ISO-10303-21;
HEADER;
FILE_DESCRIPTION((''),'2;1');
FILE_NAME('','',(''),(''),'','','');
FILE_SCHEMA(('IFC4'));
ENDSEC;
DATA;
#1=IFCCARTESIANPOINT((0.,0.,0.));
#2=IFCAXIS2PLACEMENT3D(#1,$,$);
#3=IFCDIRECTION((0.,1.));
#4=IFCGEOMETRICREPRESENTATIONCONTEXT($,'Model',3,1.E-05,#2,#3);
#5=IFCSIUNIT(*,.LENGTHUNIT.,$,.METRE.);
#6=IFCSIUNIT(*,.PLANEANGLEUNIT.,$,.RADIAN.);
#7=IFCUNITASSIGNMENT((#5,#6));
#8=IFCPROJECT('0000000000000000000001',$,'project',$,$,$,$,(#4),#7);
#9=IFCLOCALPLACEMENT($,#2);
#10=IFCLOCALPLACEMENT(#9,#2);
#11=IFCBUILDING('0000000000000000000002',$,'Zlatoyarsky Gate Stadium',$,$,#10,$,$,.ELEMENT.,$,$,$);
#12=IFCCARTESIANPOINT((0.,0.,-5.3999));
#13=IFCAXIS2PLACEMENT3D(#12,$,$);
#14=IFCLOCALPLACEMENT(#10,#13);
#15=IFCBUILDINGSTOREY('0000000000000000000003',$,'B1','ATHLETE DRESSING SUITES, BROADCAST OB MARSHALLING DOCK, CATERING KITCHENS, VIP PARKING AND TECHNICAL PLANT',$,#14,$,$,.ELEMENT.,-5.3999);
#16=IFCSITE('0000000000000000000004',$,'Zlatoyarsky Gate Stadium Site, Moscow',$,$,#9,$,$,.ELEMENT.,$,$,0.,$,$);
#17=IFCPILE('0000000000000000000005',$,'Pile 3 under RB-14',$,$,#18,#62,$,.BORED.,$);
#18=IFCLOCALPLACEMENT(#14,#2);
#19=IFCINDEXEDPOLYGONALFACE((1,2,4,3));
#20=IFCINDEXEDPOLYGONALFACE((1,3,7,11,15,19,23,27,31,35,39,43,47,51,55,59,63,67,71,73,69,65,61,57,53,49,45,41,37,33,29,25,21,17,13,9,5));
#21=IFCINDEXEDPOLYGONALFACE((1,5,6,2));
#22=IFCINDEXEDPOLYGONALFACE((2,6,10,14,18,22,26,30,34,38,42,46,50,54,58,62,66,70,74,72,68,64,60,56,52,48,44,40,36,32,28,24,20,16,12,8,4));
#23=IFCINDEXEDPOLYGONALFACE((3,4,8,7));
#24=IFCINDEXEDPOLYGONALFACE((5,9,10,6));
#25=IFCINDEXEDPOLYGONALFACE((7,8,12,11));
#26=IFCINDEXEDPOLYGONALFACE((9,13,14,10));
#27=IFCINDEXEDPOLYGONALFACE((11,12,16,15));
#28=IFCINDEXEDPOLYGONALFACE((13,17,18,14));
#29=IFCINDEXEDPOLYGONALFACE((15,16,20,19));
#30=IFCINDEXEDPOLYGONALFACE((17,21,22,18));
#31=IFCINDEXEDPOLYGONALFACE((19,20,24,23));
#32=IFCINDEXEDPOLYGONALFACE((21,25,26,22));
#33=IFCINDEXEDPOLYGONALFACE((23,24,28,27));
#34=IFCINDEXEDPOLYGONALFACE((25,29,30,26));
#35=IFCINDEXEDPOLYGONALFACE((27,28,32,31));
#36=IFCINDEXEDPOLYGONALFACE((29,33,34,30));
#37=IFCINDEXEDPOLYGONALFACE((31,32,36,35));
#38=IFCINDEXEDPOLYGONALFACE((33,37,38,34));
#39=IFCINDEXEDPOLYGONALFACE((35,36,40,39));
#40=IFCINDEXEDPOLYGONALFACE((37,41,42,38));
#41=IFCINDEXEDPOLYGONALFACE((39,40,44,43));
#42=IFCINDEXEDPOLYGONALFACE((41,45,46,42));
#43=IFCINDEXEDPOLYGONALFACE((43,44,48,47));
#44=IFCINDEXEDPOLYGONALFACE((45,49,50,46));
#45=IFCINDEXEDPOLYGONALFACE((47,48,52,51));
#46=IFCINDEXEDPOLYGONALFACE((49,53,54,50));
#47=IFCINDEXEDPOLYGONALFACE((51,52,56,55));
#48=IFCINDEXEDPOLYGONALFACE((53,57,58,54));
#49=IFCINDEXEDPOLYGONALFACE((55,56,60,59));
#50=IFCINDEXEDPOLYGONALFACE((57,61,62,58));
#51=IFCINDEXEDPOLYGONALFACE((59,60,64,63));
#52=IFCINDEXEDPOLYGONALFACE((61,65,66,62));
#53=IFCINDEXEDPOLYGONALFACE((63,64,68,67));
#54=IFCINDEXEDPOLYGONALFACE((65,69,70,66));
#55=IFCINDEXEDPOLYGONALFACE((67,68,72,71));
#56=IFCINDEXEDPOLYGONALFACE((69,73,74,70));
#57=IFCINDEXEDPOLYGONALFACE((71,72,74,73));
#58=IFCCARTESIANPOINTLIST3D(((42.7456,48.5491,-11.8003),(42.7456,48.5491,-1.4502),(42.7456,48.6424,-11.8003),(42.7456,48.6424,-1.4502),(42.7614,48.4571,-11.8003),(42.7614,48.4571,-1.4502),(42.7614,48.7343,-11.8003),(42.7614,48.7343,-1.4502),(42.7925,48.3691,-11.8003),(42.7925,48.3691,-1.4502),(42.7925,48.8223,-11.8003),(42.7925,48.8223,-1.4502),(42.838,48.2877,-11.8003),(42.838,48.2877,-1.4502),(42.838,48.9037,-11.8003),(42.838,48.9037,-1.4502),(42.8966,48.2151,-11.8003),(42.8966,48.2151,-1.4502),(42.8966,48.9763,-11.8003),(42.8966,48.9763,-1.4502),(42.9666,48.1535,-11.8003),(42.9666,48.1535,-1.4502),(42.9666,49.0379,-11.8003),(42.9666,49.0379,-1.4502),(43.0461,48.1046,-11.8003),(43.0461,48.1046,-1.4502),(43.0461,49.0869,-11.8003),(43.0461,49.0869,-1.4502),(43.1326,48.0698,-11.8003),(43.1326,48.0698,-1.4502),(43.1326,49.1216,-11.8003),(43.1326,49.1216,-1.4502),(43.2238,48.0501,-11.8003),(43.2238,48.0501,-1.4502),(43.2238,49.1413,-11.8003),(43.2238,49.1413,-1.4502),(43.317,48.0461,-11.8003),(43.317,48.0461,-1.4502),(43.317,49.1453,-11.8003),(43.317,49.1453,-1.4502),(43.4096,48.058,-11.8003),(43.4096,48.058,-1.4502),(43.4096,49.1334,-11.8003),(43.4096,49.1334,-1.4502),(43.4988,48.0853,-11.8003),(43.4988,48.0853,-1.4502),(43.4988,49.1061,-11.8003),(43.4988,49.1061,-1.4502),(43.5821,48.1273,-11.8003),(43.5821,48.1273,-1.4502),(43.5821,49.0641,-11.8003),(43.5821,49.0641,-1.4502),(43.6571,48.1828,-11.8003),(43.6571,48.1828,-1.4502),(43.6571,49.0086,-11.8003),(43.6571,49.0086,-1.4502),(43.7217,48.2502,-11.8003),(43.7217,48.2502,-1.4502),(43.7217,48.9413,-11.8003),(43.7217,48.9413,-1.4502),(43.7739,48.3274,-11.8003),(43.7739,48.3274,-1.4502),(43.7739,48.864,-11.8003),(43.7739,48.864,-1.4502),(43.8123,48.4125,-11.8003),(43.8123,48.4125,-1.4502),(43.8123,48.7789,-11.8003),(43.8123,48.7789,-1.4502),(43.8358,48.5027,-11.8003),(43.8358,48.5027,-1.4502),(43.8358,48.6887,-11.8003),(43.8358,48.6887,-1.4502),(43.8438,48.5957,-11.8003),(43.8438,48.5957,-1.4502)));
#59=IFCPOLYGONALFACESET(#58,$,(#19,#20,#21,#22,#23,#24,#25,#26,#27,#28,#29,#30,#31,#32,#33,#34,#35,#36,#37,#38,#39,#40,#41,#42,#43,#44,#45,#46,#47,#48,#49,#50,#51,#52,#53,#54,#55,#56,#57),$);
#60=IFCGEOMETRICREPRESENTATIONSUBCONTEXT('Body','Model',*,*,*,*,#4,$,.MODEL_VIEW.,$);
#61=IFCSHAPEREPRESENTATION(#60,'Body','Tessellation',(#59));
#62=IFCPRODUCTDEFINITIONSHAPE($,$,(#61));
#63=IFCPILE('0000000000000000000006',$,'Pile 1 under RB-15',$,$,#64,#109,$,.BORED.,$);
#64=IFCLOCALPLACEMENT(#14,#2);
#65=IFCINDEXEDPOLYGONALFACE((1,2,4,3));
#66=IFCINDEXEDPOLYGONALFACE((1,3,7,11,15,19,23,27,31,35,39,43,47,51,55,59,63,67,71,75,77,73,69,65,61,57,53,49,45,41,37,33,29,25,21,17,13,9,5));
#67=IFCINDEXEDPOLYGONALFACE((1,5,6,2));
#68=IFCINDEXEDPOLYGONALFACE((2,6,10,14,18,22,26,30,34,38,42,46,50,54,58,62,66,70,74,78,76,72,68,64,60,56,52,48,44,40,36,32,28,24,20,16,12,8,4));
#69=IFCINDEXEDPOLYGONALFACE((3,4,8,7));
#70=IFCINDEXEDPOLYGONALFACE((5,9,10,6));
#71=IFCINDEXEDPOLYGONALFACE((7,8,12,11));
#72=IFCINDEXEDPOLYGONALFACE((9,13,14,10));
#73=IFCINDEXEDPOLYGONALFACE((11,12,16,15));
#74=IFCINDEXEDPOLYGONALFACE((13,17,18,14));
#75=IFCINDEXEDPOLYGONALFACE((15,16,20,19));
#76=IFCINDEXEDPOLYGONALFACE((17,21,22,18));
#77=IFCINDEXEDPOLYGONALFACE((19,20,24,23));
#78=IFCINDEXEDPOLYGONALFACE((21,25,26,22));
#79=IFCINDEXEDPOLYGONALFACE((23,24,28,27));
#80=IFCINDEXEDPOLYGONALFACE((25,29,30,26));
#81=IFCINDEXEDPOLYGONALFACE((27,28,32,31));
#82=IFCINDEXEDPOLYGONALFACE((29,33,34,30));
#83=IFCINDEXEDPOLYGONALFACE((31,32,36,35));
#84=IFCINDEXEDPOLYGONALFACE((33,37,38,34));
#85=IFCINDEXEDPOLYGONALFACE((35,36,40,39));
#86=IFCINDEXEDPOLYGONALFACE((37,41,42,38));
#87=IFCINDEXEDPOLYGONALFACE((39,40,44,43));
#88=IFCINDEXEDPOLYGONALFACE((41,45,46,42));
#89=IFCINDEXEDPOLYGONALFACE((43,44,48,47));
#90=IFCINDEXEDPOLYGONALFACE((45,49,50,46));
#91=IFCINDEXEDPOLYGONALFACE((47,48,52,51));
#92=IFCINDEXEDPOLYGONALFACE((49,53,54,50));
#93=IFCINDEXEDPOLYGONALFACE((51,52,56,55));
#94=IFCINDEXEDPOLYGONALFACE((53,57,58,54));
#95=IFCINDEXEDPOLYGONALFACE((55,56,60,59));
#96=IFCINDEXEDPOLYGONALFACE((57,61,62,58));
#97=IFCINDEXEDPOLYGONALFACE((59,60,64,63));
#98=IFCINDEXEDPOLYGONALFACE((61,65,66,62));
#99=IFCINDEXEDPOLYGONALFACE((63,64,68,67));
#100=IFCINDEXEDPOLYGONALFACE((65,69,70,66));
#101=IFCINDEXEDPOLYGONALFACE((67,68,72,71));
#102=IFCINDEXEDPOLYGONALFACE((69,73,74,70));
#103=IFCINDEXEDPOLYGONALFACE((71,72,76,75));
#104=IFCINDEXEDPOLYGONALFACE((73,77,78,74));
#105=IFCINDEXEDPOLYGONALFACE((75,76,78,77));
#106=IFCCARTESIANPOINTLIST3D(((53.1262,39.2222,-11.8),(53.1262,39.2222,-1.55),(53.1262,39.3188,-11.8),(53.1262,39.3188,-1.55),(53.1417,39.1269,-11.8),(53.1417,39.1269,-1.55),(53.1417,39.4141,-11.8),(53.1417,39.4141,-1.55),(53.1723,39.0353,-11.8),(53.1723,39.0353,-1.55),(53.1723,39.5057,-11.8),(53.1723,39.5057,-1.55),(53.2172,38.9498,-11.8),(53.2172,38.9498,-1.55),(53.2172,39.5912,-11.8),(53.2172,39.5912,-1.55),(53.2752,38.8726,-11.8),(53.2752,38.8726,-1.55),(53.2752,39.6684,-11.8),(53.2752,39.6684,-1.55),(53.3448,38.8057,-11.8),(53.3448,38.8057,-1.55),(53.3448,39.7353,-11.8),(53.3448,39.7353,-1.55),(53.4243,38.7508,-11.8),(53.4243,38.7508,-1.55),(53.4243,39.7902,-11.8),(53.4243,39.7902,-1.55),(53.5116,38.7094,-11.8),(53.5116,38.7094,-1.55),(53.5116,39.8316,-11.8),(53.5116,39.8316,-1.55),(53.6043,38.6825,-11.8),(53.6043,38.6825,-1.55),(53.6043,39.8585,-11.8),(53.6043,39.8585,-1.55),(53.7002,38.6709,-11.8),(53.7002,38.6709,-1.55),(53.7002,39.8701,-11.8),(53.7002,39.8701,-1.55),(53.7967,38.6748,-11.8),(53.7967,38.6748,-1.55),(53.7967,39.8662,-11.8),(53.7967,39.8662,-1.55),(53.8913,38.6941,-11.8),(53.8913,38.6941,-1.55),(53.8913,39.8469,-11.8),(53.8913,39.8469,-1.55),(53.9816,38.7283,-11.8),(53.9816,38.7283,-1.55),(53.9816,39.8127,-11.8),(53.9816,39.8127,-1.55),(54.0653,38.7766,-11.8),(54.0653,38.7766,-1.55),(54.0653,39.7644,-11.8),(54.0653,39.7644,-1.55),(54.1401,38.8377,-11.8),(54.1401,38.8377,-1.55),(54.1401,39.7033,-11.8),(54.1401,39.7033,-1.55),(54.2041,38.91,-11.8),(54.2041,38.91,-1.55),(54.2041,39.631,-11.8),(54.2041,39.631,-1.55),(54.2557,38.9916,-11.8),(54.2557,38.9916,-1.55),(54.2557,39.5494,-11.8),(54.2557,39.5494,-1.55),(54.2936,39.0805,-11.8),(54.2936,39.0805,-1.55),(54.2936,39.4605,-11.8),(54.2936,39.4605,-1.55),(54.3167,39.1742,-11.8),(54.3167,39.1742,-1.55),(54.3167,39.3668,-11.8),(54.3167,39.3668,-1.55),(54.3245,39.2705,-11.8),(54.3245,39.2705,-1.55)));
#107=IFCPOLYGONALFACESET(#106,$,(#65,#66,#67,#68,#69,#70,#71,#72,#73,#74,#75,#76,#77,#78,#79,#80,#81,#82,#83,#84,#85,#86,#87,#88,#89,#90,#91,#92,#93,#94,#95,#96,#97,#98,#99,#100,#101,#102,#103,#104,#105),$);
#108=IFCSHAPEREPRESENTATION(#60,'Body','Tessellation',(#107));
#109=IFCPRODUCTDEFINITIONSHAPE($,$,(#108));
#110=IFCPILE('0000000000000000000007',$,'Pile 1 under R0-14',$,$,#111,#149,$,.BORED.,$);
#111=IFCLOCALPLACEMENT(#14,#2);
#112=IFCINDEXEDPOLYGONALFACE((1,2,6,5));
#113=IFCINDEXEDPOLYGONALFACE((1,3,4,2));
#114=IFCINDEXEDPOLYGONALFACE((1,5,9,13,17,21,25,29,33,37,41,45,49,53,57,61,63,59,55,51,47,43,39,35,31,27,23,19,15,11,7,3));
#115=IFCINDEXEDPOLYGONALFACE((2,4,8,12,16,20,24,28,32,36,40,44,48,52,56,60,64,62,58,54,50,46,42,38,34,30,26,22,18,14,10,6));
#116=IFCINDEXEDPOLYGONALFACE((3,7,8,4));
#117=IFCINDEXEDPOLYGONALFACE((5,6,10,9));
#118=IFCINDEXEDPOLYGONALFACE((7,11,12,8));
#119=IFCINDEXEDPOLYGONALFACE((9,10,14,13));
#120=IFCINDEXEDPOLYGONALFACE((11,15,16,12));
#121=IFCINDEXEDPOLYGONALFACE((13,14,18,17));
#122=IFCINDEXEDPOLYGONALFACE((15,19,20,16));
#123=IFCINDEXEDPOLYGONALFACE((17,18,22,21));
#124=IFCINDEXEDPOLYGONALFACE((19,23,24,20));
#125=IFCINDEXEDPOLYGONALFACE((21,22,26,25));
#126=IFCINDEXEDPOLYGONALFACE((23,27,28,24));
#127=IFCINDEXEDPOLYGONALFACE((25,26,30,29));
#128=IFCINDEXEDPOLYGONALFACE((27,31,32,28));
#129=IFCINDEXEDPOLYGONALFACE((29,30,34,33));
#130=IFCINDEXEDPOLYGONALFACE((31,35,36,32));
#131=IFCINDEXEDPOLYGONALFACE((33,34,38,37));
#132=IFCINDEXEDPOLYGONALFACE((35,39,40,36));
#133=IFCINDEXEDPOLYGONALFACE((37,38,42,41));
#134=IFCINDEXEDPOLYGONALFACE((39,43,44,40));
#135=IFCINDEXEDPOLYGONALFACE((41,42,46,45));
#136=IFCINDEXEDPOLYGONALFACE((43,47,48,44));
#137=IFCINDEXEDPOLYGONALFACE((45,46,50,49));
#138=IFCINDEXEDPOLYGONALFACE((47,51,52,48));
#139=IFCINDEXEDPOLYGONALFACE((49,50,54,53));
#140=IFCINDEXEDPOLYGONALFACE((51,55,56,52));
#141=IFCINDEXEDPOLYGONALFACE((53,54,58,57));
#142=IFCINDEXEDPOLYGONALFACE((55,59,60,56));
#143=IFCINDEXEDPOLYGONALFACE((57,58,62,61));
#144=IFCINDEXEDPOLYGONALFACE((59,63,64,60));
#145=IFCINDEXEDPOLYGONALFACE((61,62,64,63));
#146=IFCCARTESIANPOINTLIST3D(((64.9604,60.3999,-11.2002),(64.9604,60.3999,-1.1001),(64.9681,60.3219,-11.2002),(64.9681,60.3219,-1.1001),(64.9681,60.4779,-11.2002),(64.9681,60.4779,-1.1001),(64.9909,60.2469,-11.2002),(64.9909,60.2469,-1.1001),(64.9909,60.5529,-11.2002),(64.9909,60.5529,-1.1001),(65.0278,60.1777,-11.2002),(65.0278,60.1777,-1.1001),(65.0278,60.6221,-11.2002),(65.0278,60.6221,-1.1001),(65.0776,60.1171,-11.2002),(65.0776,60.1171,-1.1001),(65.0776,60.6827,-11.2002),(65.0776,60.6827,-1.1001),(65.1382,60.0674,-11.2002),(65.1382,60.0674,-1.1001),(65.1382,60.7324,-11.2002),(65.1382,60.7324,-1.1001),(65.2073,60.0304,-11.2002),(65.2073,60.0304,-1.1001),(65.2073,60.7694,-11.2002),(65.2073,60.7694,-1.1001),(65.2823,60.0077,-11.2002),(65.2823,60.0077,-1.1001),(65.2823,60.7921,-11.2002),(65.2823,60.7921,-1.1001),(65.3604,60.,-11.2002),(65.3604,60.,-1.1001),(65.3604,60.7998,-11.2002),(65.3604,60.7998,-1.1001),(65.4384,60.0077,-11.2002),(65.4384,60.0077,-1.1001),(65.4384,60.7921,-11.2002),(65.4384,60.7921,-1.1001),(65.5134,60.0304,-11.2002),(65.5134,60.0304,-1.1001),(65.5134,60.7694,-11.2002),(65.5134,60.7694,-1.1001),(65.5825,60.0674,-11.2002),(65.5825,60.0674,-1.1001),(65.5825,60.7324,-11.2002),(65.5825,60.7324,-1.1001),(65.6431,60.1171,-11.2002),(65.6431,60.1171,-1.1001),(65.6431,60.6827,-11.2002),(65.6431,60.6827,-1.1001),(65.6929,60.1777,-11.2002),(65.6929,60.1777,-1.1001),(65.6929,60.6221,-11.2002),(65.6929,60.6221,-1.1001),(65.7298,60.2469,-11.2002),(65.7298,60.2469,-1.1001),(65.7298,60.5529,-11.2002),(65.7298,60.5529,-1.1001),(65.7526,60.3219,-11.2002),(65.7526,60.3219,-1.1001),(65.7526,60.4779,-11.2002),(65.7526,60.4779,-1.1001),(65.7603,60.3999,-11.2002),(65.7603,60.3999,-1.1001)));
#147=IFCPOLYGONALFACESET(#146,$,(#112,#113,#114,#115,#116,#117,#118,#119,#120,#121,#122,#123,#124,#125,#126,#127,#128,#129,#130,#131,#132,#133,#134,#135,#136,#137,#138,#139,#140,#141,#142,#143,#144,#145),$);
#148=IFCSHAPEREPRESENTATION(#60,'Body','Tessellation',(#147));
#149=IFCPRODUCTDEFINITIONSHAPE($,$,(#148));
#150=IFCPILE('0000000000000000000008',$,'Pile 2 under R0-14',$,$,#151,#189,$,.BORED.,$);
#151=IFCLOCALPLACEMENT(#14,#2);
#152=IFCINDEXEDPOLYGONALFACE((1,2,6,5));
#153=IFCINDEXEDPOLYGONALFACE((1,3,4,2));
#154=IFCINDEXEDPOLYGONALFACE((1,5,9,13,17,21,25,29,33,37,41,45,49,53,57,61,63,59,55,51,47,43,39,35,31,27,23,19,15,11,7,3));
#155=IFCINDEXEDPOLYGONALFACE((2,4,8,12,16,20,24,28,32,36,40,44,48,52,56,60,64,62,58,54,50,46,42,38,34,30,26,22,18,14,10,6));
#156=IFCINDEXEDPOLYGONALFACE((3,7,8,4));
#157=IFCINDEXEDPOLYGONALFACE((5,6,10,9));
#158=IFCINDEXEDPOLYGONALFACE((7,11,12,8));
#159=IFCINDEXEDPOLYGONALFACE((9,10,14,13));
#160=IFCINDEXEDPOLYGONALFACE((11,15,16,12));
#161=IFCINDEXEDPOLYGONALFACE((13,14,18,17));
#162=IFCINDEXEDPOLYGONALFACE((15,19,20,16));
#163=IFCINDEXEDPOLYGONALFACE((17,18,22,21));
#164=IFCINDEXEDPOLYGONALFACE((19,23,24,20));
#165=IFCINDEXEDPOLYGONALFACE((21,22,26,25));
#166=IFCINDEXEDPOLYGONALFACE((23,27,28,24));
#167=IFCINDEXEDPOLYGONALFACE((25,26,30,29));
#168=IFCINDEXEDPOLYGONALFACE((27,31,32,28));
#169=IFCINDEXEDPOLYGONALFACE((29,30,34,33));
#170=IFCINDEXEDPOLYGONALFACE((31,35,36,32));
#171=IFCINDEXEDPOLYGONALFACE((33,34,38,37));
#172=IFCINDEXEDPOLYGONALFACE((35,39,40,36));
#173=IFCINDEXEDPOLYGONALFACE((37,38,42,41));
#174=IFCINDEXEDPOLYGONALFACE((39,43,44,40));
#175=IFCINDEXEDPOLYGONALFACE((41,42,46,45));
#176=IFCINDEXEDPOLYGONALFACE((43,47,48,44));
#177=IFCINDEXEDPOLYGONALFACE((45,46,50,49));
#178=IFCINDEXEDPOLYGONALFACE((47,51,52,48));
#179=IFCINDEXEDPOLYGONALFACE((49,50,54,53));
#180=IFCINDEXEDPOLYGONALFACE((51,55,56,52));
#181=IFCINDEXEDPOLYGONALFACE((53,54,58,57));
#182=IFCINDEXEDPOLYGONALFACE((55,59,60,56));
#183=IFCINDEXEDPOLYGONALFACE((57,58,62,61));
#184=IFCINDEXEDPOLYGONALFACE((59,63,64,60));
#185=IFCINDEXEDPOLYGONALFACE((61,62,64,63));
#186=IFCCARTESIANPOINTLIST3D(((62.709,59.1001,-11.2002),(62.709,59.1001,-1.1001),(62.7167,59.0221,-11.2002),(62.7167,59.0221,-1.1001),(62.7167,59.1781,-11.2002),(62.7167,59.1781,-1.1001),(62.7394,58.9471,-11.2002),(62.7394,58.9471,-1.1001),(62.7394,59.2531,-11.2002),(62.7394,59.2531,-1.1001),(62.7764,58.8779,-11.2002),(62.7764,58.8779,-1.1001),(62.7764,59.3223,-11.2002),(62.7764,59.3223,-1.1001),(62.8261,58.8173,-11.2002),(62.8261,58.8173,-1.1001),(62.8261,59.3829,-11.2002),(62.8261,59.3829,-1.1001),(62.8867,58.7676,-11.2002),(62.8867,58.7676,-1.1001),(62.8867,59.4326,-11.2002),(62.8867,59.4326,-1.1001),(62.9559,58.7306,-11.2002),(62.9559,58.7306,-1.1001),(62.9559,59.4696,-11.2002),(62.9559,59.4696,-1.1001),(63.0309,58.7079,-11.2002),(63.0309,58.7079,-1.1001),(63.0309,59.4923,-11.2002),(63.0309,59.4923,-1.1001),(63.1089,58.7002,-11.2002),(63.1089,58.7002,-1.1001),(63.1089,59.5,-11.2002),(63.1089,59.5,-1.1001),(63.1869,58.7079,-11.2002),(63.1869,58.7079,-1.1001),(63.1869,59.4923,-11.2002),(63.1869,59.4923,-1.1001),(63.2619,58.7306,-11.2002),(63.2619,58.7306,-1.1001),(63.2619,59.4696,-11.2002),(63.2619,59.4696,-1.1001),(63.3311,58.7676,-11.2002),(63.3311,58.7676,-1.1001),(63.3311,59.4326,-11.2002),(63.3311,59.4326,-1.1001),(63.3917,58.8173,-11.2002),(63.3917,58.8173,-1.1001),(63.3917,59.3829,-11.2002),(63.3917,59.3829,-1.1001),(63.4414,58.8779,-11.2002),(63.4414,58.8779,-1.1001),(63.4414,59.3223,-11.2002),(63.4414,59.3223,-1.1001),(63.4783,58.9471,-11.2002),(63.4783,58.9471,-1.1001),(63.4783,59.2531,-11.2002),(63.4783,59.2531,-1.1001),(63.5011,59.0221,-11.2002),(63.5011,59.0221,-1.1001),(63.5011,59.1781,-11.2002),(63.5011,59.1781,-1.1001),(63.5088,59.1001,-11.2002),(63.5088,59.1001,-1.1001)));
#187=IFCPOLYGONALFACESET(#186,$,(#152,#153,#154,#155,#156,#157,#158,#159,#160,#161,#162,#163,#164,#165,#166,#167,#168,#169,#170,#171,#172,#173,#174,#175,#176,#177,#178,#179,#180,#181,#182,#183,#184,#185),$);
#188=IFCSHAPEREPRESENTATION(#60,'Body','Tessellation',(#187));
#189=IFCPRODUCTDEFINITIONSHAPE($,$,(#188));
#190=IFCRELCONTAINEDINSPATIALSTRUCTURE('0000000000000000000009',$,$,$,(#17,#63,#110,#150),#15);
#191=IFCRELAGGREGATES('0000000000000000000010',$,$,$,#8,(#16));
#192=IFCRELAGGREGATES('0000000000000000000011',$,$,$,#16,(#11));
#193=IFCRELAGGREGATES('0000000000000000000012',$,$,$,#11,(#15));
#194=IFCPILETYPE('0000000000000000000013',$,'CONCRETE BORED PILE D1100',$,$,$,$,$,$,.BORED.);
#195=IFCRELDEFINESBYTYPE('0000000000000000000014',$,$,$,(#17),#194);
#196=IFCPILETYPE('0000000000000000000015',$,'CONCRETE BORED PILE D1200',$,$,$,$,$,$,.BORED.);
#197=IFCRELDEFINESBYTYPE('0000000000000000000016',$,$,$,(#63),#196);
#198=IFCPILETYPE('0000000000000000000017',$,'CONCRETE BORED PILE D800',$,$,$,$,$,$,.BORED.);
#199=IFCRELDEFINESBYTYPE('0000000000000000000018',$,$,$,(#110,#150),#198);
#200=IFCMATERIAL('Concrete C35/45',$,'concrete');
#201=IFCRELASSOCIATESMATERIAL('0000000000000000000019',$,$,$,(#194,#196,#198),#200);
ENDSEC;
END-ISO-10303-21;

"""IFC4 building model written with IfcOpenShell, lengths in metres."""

from ifc_helpers import new_model, si_unit, direction, frame, origin, origin_2d, place, context, subcontext, project, spatial, circle, extrude, material, material_profile, profile_set, type_object, element, save


model = new_model("IFC4")

# Units and contexts
model_context = context("Model", 3, precision=1e-05, world=origin(), true_north=direction((0.0, 1.0)))
body_context = subcontext(model_context, "Body", "Model", "MODEL_VIEW")
ifc_project = project(units=[si_unit("LENGTHUNIT", "METRE"), si_unit("PLANEANGLEUNIT", "RADIAN")], contexts=[model_context])

# Site, building, storey
site_placement = place(None, origin())
site = spatial("IfcSite", under=ifc_project, at=site_placement, Name="Zlatoyarsky Gate Stadium Site, Moscow", CompositionType="ELEMENT", RefElevation=0.0)
building_placement = place(site_placement, origin())
building = spatial("IfcBuilding", under=site, at=building_placement, Name="Zlatoyarsky Gate Stadium", CompositionType="ELEMENT")
storey_placement = place(building_placement, frame((0.0, 0.0, -5.3999)))
storey = spatial("IfcBuildingStorey", under=building, at=storey_placement, Name="B1", Description="ATHLETE DRESSING SUITES, BROADCAST OB MARSHALLING DOCK, CATERING KITCHENS, VIP PARKING AND TECHNICAL PLANT", CompositionType="ELEMENT", Elevation=-5.3999)

# Piles
ifc_material_1 = material(Name="Concrete C35/45", Category="concrete")
ifc_material_profile_1 = material_profile(ifc_material_1, circle(Radius=0.55, at=origin_2d()), Name="BORED PILE D1100")
ifc_profile_set_1 = profile_set([ifc_material_profile_1], Name="Concrete C35/45")
pile_type_1 = type_object("IfcPileType", Name="CONCRETE BORED PILE D1100", PredefinedType="BORED", material=ifc_profile_set_1)
pile_1_placement = place(storey_placement, frame((43.2937, 48.5957, -1.4502), z_axis=(0.0, 0.0, -1.0), x_axis=(1.0, 0.0, 0.0)))
element("IfcPile", 1, at=pile_1_placement, inside=storey, type_object=pile_type_1, Name="Pile 3 under RB-14", PredefinedType="BORED", context=body_context, shape_type="SweptSolid", body=[
    extrude(circle(Radius=0.55, at=origin_2d()), origin(), (0.0, 0.0, 1.0), 10.3501),
])
ifc_material_profile_2 = material_profile(ifc_material_1, circle(Radius=0.6001, at=origin_2d()), Name="BORED PILE D1200")
ifc_profile_set_2 = profile_set([ifc_material_profile_2], Name="Concrete C35/45")
pile_type_2 = type_object("IfcPileType", Name="CONCRETE BORED PILE D1200", PredefinedType="BORED", material=ifc_profile_set_2)
pile_2_placement = place(storey_placement, frame((53.7244, 39.2705, -1.55), z_axis=(0.0, 0.0, -1.0), x_axis=(1.0, 0.0, 0.0)))
element("IfcPile", 2, at=pile_2_placement, inside=storey, type_object=pile_type_2, Name="Pile 1 under RB-15", PredefinedType="BORED", context=body_context, shape_type="SweptSolid", body=[
    extrude(circle(Radius=0.6001, at=origin_2d()), origin(), (0.0, 0.0, 1.0), 10.25),
])
ifc_material_profile_3 = material_profile(ifc_material_1, circle(Radius=0.3999, at=origin_2d()), Name="BORED PILE D800")
ifc_profile_set_3 = profile_set([ifc_material_profile_3], Name="Concrete C35/45")
pile_type_3 = type_object("IfcPileType", Name="CONCRETE BORED PILE D800", PredefinedType="BORED", material=ifc_profile_set_3)
for number, where, z_axis, x_axis, name in (
    (3, (65.3604, 60.3999, -1.1001), (0.0, 0.0, -1.0), (1.0, 0.0, 0.0), "Pile 1 under R0-14"),
    (4, (63.1089, 59.1001, -1.1001), (0.0, 0.0, -1.0), (1.0, 0.0, 0.0), "Pile 2 under R0-14"),
):
    element("IfcPile", number, at=place(storey_placement, frame(where, z_axis=z_axis, x_axis=x_axis)), inside=storey, type_object=pile_type_3, Name=name, PredefinedType="BORED", context=body_context, shape_type="SweptSolid", body=[
        extrude(circle(Radius=0.3999, at=origin_2d()), origin(), (0.0, 0.0, 1.0), 10.1001),
    ])

save(model, "model.ifc")
